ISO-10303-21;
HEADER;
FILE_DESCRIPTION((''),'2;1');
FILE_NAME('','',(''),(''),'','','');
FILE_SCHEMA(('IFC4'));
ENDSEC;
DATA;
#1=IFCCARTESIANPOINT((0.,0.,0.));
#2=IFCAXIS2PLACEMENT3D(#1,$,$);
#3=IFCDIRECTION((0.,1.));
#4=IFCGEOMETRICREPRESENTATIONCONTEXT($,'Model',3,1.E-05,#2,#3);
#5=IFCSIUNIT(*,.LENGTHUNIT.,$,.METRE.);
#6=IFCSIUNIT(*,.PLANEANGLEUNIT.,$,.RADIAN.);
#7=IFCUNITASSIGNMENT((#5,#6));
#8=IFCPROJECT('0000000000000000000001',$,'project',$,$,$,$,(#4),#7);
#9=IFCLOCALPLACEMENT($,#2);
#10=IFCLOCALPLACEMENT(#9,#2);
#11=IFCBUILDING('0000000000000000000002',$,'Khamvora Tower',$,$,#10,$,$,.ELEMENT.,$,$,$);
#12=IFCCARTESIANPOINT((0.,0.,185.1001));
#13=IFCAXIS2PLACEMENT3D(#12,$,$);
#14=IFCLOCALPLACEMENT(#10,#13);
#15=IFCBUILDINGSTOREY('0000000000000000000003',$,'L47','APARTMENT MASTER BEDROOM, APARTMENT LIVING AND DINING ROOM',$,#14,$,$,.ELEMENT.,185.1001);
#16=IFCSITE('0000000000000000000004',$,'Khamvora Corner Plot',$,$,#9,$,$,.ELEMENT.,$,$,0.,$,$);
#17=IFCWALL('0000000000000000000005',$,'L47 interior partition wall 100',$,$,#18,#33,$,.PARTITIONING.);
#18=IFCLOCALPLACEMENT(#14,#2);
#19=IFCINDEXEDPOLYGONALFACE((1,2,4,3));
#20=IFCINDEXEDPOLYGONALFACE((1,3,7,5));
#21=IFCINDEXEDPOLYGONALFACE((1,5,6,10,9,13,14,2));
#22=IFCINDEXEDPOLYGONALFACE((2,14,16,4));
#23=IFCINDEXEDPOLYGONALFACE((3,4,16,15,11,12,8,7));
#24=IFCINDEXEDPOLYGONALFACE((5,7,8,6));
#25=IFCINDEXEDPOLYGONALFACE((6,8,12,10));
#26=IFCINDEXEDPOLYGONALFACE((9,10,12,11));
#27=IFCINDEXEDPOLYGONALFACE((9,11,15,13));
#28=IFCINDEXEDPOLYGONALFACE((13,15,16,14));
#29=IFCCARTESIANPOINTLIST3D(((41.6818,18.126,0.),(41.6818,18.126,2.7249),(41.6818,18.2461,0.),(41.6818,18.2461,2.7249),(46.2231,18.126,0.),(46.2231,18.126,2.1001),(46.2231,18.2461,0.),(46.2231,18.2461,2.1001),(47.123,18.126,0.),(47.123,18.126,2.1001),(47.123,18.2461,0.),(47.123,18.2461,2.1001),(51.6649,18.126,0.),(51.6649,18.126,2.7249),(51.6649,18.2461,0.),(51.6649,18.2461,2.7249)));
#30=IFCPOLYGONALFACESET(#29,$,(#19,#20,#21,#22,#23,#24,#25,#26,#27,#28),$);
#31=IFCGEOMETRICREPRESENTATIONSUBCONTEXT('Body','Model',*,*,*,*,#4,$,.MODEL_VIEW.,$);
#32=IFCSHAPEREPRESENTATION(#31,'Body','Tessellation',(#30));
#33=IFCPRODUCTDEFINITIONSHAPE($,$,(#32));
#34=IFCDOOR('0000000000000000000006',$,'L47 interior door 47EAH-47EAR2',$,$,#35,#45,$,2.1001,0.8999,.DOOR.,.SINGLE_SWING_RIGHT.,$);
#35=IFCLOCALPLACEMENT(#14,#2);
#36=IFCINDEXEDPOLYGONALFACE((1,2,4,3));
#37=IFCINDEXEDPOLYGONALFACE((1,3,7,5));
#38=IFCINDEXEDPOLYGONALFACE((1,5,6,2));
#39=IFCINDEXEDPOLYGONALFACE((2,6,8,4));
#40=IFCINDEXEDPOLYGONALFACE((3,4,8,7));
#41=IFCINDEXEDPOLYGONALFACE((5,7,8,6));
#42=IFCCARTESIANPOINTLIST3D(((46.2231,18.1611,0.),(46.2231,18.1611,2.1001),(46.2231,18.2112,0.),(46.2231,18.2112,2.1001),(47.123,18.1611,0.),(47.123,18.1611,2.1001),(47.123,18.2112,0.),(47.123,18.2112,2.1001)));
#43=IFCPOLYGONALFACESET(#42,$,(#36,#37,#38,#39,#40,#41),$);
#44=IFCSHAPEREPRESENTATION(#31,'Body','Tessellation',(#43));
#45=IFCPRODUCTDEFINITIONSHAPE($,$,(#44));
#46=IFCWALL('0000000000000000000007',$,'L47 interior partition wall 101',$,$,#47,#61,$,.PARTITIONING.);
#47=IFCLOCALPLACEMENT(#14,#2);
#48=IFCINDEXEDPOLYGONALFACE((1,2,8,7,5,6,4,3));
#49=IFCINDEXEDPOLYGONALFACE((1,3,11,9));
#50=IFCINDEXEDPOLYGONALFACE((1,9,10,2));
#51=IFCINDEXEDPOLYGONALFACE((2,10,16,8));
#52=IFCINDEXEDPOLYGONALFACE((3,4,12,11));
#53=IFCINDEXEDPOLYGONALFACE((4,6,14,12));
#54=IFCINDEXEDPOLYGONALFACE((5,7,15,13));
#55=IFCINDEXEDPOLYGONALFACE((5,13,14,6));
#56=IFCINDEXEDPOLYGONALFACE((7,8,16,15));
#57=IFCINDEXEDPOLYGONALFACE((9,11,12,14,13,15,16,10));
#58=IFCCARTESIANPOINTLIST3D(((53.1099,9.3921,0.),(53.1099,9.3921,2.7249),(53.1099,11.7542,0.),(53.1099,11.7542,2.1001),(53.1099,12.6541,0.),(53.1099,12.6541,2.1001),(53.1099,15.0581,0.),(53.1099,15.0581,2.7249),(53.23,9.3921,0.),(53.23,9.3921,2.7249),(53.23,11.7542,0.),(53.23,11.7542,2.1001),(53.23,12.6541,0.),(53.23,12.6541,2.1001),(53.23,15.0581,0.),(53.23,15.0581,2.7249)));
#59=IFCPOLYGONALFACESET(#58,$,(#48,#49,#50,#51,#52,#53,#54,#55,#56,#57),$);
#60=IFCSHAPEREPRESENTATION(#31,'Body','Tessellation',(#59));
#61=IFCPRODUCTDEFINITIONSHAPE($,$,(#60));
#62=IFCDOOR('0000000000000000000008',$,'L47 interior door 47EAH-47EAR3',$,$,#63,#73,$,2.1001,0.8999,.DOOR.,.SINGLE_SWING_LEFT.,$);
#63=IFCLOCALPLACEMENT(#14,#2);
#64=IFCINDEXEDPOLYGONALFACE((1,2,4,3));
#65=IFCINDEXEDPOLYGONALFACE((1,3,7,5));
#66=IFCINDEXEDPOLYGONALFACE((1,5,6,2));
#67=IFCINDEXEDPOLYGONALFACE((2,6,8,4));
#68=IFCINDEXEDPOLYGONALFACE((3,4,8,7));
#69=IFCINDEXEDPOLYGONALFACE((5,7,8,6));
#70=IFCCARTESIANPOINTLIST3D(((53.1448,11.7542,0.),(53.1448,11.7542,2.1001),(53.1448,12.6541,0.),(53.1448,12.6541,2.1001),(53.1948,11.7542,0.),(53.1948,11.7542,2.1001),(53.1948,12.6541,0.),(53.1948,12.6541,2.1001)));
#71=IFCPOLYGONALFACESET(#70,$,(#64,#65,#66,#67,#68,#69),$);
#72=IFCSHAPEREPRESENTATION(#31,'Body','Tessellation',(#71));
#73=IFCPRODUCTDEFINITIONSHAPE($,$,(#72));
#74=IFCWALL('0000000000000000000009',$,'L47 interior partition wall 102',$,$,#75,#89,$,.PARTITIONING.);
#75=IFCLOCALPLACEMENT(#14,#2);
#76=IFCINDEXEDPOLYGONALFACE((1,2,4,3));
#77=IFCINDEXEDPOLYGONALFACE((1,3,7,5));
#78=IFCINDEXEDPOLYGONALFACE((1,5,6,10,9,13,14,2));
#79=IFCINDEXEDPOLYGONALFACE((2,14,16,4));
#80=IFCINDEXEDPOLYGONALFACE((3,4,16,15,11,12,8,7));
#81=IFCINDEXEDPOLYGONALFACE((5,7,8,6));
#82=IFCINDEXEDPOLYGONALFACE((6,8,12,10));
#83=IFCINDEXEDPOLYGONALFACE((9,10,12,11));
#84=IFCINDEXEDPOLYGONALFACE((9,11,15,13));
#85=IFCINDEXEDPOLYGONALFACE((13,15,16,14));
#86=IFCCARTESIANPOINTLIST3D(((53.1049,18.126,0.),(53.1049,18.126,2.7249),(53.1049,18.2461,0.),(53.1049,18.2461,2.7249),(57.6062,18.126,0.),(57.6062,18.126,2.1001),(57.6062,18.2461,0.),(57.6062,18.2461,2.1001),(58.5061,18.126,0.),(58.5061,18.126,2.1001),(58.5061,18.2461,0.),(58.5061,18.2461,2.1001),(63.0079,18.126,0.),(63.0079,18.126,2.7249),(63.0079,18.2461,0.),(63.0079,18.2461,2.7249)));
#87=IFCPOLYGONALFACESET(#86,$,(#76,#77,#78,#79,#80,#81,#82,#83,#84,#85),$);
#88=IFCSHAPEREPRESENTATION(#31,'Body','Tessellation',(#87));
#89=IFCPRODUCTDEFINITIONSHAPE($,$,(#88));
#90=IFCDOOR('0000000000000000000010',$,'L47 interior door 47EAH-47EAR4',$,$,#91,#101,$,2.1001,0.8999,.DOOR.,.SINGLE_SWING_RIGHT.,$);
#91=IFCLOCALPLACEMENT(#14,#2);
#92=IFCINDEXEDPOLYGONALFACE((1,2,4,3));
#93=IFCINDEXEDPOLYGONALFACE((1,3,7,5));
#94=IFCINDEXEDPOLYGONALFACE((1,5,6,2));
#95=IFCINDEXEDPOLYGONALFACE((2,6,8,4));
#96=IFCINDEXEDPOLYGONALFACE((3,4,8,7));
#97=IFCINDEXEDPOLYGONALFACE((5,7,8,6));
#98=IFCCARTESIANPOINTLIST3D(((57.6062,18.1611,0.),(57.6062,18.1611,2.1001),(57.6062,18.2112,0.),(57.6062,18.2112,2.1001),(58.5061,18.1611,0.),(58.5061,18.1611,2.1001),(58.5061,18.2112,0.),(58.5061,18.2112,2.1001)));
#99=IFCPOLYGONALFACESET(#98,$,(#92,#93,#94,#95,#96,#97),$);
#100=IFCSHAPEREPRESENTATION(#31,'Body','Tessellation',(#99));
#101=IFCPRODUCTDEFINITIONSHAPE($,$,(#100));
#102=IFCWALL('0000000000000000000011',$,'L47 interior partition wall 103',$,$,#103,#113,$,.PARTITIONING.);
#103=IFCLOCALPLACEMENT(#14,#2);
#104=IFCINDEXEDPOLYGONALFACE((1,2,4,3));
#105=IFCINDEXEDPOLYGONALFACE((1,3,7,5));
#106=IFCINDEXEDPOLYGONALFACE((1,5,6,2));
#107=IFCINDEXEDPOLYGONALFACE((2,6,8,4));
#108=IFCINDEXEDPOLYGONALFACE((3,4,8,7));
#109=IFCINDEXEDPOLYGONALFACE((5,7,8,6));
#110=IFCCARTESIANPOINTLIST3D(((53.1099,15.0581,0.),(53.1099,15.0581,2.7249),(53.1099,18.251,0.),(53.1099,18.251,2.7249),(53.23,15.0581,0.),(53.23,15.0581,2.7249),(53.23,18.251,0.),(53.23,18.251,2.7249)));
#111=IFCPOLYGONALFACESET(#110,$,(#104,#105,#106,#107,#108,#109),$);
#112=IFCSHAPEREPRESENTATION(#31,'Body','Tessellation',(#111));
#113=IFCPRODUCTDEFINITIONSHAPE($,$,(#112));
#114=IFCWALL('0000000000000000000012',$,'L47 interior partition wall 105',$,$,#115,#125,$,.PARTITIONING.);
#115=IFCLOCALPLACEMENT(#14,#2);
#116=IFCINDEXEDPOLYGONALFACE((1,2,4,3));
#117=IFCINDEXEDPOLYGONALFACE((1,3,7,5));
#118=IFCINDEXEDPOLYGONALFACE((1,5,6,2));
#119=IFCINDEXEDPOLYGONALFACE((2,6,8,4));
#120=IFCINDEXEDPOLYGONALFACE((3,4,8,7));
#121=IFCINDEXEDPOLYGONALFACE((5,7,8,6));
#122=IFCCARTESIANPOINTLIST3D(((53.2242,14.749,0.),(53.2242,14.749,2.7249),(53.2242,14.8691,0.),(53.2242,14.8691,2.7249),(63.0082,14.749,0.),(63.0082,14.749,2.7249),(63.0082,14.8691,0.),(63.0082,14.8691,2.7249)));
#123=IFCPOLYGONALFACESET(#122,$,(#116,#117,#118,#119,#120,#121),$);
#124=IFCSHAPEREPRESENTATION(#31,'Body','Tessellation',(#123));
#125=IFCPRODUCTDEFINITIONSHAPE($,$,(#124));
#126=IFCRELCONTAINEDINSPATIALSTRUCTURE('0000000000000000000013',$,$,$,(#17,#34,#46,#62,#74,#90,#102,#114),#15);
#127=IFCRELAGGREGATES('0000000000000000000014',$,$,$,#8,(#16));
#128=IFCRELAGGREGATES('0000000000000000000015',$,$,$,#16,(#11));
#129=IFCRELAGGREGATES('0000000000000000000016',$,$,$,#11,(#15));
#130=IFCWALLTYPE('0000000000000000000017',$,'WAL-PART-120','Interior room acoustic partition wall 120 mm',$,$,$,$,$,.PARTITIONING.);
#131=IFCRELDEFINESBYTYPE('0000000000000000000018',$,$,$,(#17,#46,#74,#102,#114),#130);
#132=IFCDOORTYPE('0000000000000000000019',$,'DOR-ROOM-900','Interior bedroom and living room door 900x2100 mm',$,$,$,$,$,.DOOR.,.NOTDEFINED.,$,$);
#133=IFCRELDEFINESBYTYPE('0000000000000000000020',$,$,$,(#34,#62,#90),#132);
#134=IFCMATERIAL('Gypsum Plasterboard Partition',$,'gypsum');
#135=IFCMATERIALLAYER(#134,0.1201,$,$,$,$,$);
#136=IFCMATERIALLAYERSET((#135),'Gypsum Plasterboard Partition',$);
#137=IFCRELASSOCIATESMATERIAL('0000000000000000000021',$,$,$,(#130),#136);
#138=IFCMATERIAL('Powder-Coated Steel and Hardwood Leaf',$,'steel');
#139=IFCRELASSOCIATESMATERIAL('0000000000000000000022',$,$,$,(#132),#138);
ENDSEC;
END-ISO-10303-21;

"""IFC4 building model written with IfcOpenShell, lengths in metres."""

from ifc_helpers import new_model, si_unit, direction, frame, frame_2d, origin, place, context, subcontext, project, spatial, rectangle, extrude, material, layer, layer_set, type_object, element, fill, save


model = new_model("IFC4")

# Units and contexts
model_context = context("Model", 3, precision=1e-05, world=origin(), true_north=direction((0.0, 1.0)))
body_context = subcontext(model_context, "Body", "Model", "MODEL_VIEW")
ifc_project = project(units=[si_unit("LENGTHUNIT", "METRE"), si_unit("PLANEANGLEUNIT", "RADIAN")], contexts=[model_context])

# Site, building, storey
site_placement = place(None, origin())
site = spatial("IfcSite", under=ifc_project, at=site_placement, Name="Khamvora Corner Plot", CompositionType="ELEMENT", RefElevation=0.0)
building_placement = place(site_placement, origin())
building = spatial("IfcBuilding", under=site, at=building_placement, Name="Khamvora Tower", CompositionType="ELEMENT")
storey_placement = place(building_placement, frame((0.0, 0.0, 185.1001)))
storey = spatial("IfcBuildingStorey", under=building, at=storey_placement, Name="L47", Description="APARTMENT MASTER BEDROOM, APARTMENT LIVING AND DINING ROOM", CompositionType="ELEMENT", Elevation=185.1001)

# Walls, openings, doors
ifc_material_1 = material(Name="Gypsum Plasterboard Partition", Category="gypsum")
ifc_layer_1 = layer(ifc_material_1, 0.1201)
ifc_layer_set_1 = layer_set([ifc_layer_1], Name="Gypsum Plasterboard Partition")
wall_type_1 = type_object("IfcWallType", Name="WAL-PART-120", Description="Interior room acoustic partition wall 120 mm", PredefinedType="PARTITIONING", material=ifc_layer_set_1)
wall_1_placement = place(storey_placement, frame((51.665, 18.186, 0.0), z_axis=(0.0, 0.0, 1.0), x_axis=(-1.0, 0.0, 0.0)))
wall_1 = element("IfcWall", 1, at=wall_1_placement, inside=storey, type_object=wall_type_1, Name="L47 interior partition wall 100", PredefinedType="PARTITIONING", context=body_context, shape_type="SweptSolid", body=[
    extrude(rectangle(XDim=9.9832, YDim=0.1201, at=frame_2d((4.9917, 0.0))), origin(), (0.0, 0.0, 1.0), 2.7249),
])
opening_1_placement = place(wall_1_placement, frame((4.542, 0.0, 0.0)))
opening_1 = element("IfcOpeningElement", 2, at=opening_1_placement, cuts=wall_1, PredefinedType="OPENING", context=body_context, shape_type="SweptSolid", body=[
    extrude(rectangle(XDim=0.8999, YDim=2.1001, at=frame_2d((0.45, 1.05))), frame((0.0, 0.0701, 0.0), z_axis=(0.0, -1.0, 0.0), x_axis=(1.0, 0.0, 0.0)), (0.0, 0.0, 1.0), 0.1401),
])
ifc_material_2 = material(Name="Powder-Coated Steel and Hardwood Leaf", Category="steel")
door_type = type_object("IfcDoorType", Name="DOR-ROOM-900", Description="Interior bedroom and living room door 900x2100 mm", OperationType="NOTDEFINED", PredefinedType="DOOR", material=ifc_material_2)
door_1_placement = place(opening_1_placement, origin())
door_1 = element("IfcDoor", 3, at=door_1_placement, inside=storey, type_object=door_type, Name="L47 interior door 47EAH-47EAR2", OperationType="SINGLE_SWING_RIGHT", OverallHeight=2.1001, OverallWidth=0.8999, PredefinedType="DOOR", context=body_context, shape_type="SweptSolid", body=[
    extrude(rectangle(XDim=0.8999, YDim=2.1001, at=frame_2d((0.45, 1.05))), frame((0.0, 0.0249, 0.0), z_axis=(0.0, -1.0, 0.0), x_axis=(1.0, 0.0, 0.0)), (0.0, 0.0, 1.0), 0.05),
])
fill(opening_1, door_1)
wall_2_placement = place(storey_placement, frame((53.1699, 15.0581, 0.0), z_axis=(0.0, 0.0, 1.0), x_axis=(0.0, -1.0, 0.0)))
wall_2 = element("IfcWall", 4, at=wall_2_placement, inside=storey, type_object=wall_type_1, Name="L47 interior partition wall 101", PredefinedType="PARTITIONING", context=body_context, shape_type="SweptSolid", body=[
    extrude(rectangle(XDim=5.666, YDim=0.1201, at=frame_2d((2.833, 0.0))), origin(), (0.0, 0.0, 1.0), 2.7249),
])
opening_2_placement = place(wall_2_placement, frame((2.4041, 0.0, 0.0)))
opening_2 = element("IfcOpeningElement", 5, at=opening_2_placement, cuts=wall_2, PredefinedType="OPENING", context=body_context, shape_type="SweptSolid", body=[
    extrude(rectangle(XDim=0.8999, YDim=2.1001, at=frame_2d((0.45, 1.05))), frame((0.0, 0.0701, 0.0), z_axis=(0.0, -1.0, 0.0), x_axis=(1.0, 0.0, 0.0)), (0.0, 0.0, 1.0), 0.1401),
])
door_2_placement = place(opening_2_placement, origin())
door_2 = element("IfcDoor", 6, at=door_2_placement, inside=storey, type_object=door_type, Name="L47 interior door 47EAH-47EAR3", OperationType="SINGLE_SWING_LEFT", OverallHeight=2.1001, OverallWidth=0.8999, PredefinedType="DOOR", context=body_context, shape_type="SweptSolid", body=[
    extrude(rectangle(XDim=0.8999, YDim=2.1001, at=frame_2d((0.45, 1.05))), frame((0.0, 0.0249, 0.0), z_axis=(0.0, -1.0, 0.0), x_axis=(1.0, 0.0, 0.0)), (0.0, 0.0, 1.0), 0.05),
])
fill(opening_2, door_2)
wall_3_placement = place(storey_placement, frame((63.0081, 18.186, 0.0), z_axis=(0.0, 0.0, 1.0), x_axis=(-1.0, 0.0, 0.0)))
wall_3 = element("IfcWall", 7, at=wall_3_placement, inside=storey, type_object=wall_type_1, Name="L47 interior partition wall 102", PredefinedType="PARTITIONING", context=body_context, shape_type="SweptSolid", body=[
    extrude(rectangle(XDim=9.9031, YDim=0.1201, at=frame_2d((4.9517, 0.0))), origin(), (0.0, 0.0, 1.0), 2.7249),
])
opening_3_placement = place(wall_3_placement, frame((4.502, 0.0, 0.0)))
opening_3 = element("IfcOpeningElement", 8, at=opening_3_placement, cuts=wall_3, PredefinedType="OPENING", context=body_context, shape_type="SweptSolid", body=[
    extrude(rectangle(XDim=0.8999, YDim=2.1001, at=frame_2d((0.45, 1.05))), frame((0.0, 0.0701, 0.0), z_axis=(0.0, -1.0, 0.0), x_axis=(1.0, 0.0, 0.0)), (0.0, 0.0, 1.0), 0.1401),
])
door_3_placement = place(opening_3_placement, origin())
door_3 = element("IfcDoor", 9, at=door_3_placement, inside=storey, type_object=door_type, Name="L47 interior door 47EAH-47EAR4", OperationType="SINGLE_SWING_RIGHT", OverallHeight=2.1001, OverallWidth=0.8999, PredefinedType="DOOR", context=body_context, shape_type="SweptSolid", body=[
    extrude(rectangle(XDim=0.8999, YDim=2.1001, at=frame_2d((0.45, 1.05))), frame((0.0, 0.0249, 0.0), z_axis=(0.0, -1.0, 0.0), x_axis=(1.0, 0.0, 0.0)), (0.0, 0.0, 1.0), 0.05),
])
fill(opening_3, door_3)

# Walls
wall_4_placement = place(storey_placement, frame((53.1699, 18.251, 0.0), z_axis=(0.0, 0.0, 1.0), x_axis=(0.0, -1.0, 0.0)))
element("IfcWall", 10, at=wall_4_placement, inside=storey, type_object=wall_type_1, Name="L47 interior partition wall 103", PredefinedType="PARTITIONING", context=body_context, shape_type="SweptSolid", body=[
    extrude(rectangle(XDim=3.1929, YDim=0.1201, at=frame_2d((1.5964, 0.0))), origin(), (0.0, 0.0, 1.0), 2.7249),
])
wall_5_placement = place(storey_placement, frame((53.2241, 14.8091, 0.0), z_axis=(0.0, 0.0, 1.0), x_axis=(1.0, 0.0, 0.0)))
element("IfcWall", 11, at=wall_5_placement, inside=storey, type_object=wall_type_1, Name="L47 interior partition wall 105", PredefinedType="PARTITIONING", context=body_context, shape_type="SweptSolid", body=[
    extrude(rectangle(XDim=9.7839, YDim=0.1201, at=frame_2d((4.8921, 0.0))), origin(), (0.0, 0.0, 1.0), 2.7249),
])

save(model, "model.ifc")
